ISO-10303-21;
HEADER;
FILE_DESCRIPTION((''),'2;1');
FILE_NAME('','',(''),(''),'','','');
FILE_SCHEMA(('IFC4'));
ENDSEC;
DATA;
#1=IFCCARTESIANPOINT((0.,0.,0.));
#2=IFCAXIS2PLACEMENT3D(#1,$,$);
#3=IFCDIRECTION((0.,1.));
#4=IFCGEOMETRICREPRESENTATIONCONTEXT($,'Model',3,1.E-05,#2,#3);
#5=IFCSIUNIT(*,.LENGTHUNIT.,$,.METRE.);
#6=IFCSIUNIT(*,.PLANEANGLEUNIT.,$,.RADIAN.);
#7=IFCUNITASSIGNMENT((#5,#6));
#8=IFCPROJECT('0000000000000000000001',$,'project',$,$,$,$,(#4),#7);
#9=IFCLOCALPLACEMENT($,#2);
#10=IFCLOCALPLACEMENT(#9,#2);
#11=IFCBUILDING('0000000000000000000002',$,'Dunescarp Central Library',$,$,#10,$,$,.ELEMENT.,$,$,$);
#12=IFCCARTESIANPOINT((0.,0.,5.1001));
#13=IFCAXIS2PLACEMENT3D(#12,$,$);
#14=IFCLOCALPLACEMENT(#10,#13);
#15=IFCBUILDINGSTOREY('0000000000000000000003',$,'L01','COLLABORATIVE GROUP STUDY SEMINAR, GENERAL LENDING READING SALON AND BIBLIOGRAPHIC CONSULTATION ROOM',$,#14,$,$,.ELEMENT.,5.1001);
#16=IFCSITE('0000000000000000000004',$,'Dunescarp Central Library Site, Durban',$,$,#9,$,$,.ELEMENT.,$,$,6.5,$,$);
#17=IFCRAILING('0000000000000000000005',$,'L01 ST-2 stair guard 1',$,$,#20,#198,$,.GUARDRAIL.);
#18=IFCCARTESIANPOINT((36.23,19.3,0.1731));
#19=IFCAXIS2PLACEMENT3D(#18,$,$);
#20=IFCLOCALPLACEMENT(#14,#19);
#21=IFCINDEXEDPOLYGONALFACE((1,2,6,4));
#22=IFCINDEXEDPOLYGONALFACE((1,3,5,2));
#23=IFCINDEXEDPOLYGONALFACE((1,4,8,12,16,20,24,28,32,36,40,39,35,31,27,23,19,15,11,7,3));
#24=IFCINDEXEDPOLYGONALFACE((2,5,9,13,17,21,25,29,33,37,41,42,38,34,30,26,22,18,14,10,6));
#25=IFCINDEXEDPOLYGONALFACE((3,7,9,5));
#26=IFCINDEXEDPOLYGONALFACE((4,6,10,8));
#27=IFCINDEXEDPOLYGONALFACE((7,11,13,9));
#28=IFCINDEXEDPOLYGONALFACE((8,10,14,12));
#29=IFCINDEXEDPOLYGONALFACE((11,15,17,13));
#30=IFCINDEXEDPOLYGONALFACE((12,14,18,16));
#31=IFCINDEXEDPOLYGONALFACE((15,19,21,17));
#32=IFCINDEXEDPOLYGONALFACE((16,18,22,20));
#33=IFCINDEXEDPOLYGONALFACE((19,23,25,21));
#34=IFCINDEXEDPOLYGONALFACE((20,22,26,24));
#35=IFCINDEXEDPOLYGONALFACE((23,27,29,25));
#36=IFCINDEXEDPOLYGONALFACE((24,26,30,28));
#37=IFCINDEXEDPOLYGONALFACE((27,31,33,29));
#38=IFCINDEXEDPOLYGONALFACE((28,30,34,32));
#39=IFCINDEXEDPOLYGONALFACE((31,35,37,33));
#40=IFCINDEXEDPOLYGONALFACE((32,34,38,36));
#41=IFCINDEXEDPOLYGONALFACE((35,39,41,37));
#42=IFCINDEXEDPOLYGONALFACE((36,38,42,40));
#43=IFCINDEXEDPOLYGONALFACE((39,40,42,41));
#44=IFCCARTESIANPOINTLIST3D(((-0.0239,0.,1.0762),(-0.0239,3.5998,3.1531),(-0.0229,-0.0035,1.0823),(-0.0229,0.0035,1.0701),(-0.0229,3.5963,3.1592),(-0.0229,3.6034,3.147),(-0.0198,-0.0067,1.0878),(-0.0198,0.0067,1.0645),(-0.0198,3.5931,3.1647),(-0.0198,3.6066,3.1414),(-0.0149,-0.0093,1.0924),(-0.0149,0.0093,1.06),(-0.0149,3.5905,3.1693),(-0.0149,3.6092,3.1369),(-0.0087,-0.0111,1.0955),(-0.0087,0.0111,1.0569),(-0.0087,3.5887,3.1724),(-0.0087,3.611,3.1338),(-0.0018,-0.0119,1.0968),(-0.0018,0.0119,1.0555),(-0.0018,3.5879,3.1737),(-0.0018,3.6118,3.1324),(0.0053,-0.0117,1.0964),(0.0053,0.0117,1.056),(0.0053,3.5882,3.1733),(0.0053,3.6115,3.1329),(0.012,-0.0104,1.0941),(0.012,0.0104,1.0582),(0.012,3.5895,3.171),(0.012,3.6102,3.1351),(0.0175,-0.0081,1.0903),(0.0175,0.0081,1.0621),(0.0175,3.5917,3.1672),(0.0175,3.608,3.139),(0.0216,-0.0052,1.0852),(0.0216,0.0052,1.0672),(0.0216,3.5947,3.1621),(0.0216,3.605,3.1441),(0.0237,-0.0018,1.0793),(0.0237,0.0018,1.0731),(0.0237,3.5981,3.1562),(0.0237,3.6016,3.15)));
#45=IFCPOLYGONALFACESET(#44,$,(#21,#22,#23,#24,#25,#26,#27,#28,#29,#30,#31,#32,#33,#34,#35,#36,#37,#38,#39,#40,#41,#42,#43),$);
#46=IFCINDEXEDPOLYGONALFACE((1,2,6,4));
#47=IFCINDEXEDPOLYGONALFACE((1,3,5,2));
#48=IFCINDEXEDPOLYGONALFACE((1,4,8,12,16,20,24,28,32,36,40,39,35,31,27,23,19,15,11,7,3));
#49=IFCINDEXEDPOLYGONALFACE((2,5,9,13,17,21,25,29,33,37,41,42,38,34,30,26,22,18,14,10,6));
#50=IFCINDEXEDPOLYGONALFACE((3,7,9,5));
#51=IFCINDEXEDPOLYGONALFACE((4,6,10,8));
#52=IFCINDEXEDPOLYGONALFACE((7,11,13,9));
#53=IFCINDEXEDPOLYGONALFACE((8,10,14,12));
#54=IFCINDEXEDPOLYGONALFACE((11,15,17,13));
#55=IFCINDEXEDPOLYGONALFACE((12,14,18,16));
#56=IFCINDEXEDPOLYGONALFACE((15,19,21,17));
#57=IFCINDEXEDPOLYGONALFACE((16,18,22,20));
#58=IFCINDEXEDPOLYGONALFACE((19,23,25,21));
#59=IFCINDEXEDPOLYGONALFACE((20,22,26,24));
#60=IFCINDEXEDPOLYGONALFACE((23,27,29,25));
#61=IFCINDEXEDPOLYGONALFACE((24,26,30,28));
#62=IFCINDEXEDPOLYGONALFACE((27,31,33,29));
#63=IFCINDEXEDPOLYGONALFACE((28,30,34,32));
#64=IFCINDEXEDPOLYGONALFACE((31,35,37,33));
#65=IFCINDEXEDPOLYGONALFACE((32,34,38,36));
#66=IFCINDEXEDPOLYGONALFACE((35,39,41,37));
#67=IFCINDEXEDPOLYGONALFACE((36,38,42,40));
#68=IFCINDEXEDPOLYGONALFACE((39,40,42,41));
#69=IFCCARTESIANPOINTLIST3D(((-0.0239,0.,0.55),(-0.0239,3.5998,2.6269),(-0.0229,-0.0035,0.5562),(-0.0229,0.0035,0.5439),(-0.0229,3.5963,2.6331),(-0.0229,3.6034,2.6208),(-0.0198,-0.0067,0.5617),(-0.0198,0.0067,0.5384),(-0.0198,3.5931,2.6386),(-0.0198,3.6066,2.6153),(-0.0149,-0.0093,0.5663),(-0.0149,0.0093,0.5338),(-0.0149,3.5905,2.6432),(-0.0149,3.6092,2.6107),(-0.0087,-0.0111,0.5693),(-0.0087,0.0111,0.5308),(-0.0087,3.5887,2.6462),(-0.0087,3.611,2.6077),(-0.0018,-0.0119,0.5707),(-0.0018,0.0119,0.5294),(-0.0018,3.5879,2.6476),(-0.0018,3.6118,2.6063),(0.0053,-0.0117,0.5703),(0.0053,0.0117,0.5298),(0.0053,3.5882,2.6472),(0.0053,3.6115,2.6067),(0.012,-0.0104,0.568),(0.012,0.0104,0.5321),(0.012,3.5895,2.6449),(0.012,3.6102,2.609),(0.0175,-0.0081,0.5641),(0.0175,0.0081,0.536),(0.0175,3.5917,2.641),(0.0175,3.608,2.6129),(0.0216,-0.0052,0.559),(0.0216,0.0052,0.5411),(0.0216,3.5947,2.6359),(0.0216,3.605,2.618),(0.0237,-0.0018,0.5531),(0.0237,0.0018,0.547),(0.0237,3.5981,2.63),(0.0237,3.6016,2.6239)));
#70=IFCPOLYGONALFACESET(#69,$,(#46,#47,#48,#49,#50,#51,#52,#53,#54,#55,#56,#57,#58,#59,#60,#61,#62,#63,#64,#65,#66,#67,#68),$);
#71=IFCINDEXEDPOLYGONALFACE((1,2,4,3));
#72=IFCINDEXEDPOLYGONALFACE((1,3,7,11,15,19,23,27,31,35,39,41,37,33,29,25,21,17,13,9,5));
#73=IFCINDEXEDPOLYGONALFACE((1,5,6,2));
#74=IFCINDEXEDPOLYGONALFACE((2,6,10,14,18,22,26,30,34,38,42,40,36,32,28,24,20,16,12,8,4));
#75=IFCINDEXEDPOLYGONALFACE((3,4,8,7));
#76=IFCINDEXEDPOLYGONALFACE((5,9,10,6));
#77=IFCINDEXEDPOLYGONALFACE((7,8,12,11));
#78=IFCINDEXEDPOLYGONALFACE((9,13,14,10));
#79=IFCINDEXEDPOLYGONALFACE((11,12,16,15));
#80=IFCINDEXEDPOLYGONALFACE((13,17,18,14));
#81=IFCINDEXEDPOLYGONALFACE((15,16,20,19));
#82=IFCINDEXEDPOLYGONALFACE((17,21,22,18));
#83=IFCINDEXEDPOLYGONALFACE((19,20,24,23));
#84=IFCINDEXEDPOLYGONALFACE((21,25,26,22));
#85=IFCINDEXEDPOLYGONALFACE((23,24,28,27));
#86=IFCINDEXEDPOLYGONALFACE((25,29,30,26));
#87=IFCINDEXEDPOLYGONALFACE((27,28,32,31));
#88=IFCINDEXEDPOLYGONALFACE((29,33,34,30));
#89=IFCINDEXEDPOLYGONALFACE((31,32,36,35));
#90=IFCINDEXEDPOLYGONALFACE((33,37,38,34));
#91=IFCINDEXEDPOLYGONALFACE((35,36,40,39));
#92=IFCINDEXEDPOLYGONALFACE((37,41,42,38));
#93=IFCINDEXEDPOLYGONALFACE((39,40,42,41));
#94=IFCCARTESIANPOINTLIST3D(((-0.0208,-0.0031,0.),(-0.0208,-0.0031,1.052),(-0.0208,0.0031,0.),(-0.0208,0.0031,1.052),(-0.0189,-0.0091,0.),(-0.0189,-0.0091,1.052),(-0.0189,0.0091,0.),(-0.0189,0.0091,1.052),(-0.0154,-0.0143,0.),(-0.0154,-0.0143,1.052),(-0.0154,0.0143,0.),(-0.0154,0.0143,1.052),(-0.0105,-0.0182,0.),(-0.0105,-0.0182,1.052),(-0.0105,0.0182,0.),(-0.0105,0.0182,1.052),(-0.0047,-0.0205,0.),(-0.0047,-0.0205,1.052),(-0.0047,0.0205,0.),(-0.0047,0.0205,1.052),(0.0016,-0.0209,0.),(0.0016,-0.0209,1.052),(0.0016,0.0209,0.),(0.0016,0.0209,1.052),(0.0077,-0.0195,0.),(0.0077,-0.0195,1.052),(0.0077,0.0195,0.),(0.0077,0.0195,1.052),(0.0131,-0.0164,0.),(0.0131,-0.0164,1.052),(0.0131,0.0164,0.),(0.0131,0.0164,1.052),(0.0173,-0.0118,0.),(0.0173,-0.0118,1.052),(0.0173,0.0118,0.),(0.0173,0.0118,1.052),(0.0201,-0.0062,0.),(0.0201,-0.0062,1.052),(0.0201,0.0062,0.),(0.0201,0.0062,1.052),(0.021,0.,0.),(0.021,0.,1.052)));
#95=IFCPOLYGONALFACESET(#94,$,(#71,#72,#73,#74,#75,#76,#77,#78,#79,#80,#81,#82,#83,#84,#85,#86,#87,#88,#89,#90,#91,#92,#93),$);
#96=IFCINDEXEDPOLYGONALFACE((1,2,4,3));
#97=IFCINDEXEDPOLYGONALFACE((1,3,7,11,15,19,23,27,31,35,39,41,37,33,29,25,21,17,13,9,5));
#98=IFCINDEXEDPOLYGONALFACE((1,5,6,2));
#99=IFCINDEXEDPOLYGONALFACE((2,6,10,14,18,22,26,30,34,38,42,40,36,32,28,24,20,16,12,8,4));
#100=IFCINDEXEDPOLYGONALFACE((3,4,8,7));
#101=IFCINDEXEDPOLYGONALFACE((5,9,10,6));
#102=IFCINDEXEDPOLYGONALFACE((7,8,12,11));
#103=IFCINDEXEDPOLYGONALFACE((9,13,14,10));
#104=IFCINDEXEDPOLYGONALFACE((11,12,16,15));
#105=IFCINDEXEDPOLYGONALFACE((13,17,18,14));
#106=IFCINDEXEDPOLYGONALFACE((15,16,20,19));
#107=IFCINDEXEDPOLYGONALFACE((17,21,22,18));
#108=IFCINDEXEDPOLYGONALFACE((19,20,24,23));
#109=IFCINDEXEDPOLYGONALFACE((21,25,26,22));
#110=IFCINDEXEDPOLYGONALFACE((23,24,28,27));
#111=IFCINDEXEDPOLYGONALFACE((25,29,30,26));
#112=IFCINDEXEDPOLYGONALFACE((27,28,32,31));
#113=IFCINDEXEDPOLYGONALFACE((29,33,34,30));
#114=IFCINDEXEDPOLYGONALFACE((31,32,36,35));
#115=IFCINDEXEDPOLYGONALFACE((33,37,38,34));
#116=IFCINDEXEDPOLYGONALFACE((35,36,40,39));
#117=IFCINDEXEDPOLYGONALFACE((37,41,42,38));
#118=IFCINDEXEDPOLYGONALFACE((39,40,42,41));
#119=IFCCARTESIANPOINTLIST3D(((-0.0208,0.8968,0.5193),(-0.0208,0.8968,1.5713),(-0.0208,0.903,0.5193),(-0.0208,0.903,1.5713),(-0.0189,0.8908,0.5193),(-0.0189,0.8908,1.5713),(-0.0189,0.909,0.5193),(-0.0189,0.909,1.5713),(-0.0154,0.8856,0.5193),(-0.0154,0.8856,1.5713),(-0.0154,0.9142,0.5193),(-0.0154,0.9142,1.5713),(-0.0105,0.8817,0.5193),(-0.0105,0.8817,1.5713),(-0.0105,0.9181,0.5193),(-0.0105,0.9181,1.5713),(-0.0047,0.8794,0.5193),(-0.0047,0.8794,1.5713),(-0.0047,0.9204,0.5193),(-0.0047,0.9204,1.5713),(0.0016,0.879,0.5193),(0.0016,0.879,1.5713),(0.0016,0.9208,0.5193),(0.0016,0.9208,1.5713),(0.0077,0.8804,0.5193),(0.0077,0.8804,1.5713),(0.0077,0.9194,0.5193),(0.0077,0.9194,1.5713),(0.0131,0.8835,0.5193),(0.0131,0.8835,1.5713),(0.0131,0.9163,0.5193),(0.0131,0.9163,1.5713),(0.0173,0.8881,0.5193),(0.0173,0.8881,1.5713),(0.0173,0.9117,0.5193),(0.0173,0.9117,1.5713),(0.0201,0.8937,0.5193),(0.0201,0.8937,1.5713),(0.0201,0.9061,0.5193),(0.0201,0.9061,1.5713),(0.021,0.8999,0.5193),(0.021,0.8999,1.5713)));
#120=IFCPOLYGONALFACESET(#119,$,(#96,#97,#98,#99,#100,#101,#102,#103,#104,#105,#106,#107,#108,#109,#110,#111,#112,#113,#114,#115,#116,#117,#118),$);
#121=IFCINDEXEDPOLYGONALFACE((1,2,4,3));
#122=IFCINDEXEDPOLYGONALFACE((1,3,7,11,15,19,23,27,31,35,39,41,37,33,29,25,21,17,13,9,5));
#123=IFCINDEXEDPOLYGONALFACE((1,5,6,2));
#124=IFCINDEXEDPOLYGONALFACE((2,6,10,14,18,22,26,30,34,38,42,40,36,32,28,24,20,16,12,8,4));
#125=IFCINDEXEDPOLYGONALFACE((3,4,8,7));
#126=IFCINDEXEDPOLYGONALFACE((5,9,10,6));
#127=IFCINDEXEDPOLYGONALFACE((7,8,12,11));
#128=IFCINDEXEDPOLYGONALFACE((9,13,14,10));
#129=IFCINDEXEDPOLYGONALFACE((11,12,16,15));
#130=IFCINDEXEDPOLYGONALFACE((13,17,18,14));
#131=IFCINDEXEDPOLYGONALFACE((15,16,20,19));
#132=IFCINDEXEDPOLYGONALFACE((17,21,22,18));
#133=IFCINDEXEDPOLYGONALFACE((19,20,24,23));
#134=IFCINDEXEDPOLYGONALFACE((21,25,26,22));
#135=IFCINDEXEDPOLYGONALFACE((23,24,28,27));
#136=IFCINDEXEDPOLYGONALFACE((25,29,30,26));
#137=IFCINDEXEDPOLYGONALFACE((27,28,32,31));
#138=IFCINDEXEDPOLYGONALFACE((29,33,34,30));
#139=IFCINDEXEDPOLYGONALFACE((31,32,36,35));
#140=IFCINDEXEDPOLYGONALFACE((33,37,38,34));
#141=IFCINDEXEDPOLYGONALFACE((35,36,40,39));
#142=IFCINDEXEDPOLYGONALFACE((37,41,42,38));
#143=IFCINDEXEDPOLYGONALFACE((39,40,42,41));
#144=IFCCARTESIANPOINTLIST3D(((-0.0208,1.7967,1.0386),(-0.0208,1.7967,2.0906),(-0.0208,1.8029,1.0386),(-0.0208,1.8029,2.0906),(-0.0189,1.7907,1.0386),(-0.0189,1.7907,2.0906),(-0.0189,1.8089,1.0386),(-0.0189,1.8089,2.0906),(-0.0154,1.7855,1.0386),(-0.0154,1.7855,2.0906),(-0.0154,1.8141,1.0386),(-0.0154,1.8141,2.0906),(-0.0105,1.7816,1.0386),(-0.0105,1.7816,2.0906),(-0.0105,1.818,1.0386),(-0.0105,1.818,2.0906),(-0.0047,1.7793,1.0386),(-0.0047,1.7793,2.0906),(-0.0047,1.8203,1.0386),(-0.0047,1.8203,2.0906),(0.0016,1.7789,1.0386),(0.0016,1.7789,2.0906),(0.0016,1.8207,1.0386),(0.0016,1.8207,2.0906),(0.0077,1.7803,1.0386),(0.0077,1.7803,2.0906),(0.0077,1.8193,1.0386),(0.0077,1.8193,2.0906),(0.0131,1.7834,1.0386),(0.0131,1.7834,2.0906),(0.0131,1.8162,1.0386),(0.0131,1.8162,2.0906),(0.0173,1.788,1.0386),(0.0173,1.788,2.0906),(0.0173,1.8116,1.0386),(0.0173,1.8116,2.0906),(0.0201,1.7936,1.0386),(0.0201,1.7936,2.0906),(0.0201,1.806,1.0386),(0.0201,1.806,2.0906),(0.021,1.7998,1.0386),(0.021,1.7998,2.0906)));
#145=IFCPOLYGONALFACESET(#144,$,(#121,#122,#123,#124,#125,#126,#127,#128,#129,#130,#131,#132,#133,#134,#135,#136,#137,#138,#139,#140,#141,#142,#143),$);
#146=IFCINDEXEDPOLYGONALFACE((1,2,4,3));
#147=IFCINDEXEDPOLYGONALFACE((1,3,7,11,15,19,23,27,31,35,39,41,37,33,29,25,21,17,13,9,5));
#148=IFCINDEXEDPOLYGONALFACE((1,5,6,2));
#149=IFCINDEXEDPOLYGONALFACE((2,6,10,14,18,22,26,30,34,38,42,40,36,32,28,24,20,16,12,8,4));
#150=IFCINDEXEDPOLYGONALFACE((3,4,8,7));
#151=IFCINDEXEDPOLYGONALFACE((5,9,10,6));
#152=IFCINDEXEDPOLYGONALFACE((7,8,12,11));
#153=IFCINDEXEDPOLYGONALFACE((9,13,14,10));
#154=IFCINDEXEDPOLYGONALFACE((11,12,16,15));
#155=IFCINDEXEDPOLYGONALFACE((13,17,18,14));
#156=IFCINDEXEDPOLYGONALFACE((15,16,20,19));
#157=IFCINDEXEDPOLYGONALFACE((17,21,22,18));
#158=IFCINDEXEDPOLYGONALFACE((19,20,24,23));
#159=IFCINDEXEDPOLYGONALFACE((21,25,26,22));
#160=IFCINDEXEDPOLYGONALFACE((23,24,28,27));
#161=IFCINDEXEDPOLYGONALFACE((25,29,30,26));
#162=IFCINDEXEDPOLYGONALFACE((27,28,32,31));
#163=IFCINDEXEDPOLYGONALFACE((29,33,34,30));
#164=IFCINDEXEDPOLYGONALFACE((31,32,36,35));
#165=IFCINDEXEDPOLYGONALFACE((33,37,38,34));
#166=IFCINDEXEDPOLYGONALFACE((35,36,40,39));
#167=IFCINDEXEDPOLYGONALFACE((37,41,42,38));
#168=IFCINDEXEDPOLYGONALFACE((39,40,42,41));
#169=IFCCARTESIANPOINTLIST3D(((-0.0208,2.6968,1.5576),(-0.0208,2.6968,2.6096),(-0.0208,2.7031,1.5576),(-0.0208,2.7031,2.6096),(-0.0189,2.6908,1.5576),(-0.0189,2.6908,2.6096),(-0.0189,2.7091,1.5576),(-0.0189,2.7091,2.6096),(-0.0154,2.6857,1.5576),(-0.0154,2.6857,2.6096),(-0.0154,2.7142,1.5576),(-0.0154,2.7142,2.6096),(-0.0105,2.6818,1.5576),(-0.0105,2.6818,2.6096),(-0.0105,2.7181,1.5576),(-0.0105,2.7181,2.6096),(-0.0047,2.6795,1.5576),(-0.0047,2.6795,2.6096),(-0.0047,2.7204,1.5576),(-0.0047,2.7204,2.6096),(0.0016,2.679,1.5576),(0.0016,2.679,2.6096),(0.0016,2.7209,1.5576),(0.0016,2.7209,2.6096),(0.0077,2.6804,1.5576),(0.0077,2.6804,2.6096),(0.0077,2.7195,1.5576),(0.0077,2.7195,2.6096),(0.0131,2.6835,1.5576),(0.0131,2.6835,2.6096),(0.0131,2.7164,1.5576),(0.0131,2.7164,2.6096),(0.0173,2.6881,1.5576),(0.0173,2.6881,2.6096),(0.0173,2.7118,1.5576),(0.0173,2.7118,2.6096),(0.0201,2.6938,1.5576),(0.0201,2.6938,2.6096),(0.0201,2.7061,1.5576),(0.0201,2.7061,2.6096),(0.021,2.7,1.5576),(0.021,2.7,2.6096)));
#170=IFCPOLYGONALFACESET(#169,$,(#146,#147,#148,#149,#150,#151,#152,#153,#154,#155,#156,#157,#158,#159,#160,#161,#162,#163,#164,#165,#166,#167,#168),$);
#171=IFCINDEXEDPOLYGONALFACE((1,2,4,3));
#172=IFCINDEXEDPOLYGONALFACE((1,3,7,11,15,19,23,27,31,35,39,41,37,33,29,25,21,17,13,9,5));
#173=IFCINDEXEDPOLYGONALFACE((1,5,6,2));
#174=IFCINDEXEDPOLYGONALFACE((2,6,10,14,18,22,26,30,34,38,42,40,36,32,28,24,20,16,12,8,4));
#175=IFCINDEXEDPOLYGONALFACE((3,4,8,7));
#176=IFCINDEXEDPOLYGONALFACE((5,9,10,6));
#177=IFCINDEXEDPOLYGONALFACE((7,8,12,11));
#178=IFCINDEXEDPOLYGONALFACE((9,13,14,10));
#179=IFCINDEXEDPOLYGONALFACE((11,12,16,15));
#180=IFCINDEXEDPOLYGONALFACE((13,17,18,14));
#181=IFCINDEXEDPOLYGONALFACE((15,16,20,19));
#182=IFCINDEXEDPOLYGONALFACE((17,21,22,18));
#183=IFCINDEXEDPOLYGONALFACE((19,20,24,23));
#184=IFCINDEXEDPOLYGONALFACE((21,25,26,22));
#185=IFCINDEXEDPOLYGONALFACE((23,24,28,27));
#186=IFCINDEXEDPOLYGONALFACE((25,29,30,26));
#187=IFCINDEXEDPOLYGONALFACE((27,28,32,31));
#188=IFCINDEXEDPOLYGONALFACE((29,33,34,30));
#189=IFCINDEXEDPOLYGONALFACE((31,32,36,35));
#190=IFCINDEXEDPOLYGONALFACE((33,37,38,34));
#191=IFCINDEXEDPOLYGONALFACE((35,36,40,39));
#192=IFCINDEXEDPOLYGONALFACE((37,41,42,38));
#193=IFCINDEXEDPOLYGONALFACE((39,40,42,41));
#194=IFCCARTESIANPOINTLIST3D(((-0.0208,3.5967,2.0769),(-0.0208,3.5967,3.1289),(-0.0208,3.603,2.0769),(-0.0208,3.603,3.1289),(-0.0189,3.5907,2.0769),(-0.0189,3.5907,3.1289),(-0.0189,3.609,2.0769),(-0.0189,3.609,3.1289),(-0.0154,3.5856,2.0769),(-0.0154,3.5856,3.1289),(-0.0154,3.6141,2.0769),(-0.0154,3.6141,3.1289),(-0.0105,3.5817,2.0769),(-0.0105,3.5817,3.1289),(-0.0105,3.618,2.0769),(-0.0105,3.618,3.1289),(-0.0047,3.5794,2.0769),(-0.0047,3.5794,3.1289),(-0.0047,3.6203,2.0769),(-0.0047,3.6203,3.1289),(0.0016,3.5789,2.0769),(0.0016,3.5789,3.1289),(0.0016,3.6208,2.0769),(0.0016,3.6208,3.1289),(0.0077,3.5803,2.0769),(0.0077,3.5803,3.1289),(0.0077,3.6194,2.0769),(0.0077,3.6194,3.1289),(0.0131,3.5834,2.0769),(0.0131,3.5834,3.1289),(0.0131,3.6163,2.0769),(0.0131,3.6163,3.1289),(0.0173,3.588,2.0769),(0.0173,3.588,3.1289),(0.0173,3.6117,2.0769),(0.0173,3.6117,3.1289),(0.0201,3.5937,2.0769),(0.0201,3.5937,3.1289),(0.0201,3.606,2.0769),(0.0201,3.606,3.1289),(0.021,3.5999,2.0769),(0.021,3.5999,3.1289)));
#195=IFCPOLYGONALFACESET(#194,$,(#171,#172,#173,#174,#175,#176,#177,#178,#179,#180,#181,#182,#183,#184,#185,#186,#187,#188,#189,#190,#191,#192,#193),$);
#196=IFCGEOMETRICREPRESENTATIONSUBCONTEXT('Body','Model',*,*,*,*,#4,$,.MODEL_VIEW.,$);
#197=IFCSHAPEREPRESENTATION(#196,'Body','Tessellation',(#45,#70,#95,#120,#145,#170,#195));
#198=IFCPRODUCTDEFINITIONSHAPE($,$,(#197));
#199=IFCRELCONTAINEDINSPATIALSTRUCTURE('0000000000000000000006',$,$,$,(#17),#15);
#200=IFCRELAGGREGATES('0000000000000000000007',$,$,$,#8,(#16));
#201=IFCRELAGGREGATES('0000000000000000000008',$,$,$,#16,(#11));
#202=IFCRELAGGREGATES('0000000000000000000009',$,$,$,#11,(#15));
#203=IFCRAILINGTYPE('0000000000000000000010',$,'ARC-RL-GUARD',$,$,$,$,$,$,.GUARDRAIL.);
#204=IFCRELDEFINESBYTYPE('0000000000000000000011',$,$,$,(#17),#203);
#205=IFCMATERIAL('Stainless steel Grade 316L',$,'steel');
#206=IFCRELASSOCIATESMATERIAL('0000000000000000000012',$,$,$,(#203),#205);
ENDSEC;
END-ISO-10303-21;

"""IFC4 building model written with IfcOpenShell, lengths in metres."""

from ifc_helpers import new_model, si_unit, direction, frame, origin, origin_2d, place, context, subcontext, project, spatial, circle, extrude, material, type_object, element, save


model = new_model("IFC4")

# Units and contexts
model_context = context("Model", 3, precision=1e-05, world=origin(), true_north=direction((0.0, 1.0)))
body_context = subcontext(model_context, "Body", "Model", "MODEL_VIEW")
ifc_project = project(units=[si_unit("LENGTHUNIT", "METRE"), si_unit("PLANEANGLEUNIT", "RADIAN")], contexts=[model_context])

# Site, building, storey
site_placement = place(None, origin())
site = spatial("IfcSite", under=ifc_project, at=site_placement, Name="Dunescarp Central Library Site, Durban", CompositionType="ELEMENT", RefElevation=6.5)
building_placement = place(site_placement, origin())
building = spatial("IfcBuilding", under=site, at=building_placement, Name="Dunescarp Central Library", CompositionType="ELEMENT")
storey_placement = place(building_placement, frame((0.0, 0.0, 5.1001)))
storey = spatial("IfcBuildingStorey", under=building, at=storey_placement, Name="L01", Description="COLLABORATIVE GROUP STUDY SEMINAR, GENERAL LENDING READING SALON AND BIBLIOGRAPHIC CONSULTATION ROOM", CompositionType="ELEMENT", Elevation=5.1001)

# Railing
ifc_material_1 = material(Name="Stainless steel Grade 316L", Category="steel")
railing_type_1 = type_object("IfcRailingType", Name="ARC-RL-GUARD", PredefinedType="GUARDRAIL", material=ifc_material_1)
railing_1_placement = place(storey_placement, frame((36.23, 19.3, 0.1731)))
element("IfcRailing", 1, at=railing_1_placement, inside=storey, type_object=railing_type_1, Name="L01 ST-2 stair guard 1", PredefinedType="GUARDRAIL", context=body_context, shape_type="SweptSolid", body=[
    extrude(circle(Radius=0.0239, at=origin_2d()), frame((0.0, 0.0, 1.0762), z_axis=(0.0, 0.866179, 0.499734), x_axis=(-1.0, 0.0, 0.0)), (0.0, 0.0, 1.0), 4.156),
    extrude(circle(Radius=0.0239, at=origin_2d()), frame((0.0, 0.0, 0.55), z_axis=(0.0, 0.866179, 0.499734), x_axis=(-1.0, 0.0, 0.0)), (0.0, 0.0, 1.0), 4.156),
    extrude(circle(Radius=0.021, at=origin_2d()), origin(), (0.0, 0.0, 1.0), 1.052),
    extrude(circle(Radius=0.021, at=origin_2d()), frame((0.0, 0.8999, 0.5193)), (0.0, 0.0, 1.0), 1.052),
    extrude(circle(Radius=0.021, at=origin_2d()), frame((0.0, 1.7998, 1.0386)), (0.0, 0.0, 1.0), 1.052),
    extrude(circle(Radius=0.021, at=origin_2d()), frame((0.0, 2.7, 1.5576)), (0.0, 0.0, 1.0), 1.052),
    extrude(circle(Radius=0.021, at=origin_2d()), frame((0.0, 3.5999, 2.0769)), (0.0, 0.0, 1.0), 1.052),
])

save(model, "model.ifc")
